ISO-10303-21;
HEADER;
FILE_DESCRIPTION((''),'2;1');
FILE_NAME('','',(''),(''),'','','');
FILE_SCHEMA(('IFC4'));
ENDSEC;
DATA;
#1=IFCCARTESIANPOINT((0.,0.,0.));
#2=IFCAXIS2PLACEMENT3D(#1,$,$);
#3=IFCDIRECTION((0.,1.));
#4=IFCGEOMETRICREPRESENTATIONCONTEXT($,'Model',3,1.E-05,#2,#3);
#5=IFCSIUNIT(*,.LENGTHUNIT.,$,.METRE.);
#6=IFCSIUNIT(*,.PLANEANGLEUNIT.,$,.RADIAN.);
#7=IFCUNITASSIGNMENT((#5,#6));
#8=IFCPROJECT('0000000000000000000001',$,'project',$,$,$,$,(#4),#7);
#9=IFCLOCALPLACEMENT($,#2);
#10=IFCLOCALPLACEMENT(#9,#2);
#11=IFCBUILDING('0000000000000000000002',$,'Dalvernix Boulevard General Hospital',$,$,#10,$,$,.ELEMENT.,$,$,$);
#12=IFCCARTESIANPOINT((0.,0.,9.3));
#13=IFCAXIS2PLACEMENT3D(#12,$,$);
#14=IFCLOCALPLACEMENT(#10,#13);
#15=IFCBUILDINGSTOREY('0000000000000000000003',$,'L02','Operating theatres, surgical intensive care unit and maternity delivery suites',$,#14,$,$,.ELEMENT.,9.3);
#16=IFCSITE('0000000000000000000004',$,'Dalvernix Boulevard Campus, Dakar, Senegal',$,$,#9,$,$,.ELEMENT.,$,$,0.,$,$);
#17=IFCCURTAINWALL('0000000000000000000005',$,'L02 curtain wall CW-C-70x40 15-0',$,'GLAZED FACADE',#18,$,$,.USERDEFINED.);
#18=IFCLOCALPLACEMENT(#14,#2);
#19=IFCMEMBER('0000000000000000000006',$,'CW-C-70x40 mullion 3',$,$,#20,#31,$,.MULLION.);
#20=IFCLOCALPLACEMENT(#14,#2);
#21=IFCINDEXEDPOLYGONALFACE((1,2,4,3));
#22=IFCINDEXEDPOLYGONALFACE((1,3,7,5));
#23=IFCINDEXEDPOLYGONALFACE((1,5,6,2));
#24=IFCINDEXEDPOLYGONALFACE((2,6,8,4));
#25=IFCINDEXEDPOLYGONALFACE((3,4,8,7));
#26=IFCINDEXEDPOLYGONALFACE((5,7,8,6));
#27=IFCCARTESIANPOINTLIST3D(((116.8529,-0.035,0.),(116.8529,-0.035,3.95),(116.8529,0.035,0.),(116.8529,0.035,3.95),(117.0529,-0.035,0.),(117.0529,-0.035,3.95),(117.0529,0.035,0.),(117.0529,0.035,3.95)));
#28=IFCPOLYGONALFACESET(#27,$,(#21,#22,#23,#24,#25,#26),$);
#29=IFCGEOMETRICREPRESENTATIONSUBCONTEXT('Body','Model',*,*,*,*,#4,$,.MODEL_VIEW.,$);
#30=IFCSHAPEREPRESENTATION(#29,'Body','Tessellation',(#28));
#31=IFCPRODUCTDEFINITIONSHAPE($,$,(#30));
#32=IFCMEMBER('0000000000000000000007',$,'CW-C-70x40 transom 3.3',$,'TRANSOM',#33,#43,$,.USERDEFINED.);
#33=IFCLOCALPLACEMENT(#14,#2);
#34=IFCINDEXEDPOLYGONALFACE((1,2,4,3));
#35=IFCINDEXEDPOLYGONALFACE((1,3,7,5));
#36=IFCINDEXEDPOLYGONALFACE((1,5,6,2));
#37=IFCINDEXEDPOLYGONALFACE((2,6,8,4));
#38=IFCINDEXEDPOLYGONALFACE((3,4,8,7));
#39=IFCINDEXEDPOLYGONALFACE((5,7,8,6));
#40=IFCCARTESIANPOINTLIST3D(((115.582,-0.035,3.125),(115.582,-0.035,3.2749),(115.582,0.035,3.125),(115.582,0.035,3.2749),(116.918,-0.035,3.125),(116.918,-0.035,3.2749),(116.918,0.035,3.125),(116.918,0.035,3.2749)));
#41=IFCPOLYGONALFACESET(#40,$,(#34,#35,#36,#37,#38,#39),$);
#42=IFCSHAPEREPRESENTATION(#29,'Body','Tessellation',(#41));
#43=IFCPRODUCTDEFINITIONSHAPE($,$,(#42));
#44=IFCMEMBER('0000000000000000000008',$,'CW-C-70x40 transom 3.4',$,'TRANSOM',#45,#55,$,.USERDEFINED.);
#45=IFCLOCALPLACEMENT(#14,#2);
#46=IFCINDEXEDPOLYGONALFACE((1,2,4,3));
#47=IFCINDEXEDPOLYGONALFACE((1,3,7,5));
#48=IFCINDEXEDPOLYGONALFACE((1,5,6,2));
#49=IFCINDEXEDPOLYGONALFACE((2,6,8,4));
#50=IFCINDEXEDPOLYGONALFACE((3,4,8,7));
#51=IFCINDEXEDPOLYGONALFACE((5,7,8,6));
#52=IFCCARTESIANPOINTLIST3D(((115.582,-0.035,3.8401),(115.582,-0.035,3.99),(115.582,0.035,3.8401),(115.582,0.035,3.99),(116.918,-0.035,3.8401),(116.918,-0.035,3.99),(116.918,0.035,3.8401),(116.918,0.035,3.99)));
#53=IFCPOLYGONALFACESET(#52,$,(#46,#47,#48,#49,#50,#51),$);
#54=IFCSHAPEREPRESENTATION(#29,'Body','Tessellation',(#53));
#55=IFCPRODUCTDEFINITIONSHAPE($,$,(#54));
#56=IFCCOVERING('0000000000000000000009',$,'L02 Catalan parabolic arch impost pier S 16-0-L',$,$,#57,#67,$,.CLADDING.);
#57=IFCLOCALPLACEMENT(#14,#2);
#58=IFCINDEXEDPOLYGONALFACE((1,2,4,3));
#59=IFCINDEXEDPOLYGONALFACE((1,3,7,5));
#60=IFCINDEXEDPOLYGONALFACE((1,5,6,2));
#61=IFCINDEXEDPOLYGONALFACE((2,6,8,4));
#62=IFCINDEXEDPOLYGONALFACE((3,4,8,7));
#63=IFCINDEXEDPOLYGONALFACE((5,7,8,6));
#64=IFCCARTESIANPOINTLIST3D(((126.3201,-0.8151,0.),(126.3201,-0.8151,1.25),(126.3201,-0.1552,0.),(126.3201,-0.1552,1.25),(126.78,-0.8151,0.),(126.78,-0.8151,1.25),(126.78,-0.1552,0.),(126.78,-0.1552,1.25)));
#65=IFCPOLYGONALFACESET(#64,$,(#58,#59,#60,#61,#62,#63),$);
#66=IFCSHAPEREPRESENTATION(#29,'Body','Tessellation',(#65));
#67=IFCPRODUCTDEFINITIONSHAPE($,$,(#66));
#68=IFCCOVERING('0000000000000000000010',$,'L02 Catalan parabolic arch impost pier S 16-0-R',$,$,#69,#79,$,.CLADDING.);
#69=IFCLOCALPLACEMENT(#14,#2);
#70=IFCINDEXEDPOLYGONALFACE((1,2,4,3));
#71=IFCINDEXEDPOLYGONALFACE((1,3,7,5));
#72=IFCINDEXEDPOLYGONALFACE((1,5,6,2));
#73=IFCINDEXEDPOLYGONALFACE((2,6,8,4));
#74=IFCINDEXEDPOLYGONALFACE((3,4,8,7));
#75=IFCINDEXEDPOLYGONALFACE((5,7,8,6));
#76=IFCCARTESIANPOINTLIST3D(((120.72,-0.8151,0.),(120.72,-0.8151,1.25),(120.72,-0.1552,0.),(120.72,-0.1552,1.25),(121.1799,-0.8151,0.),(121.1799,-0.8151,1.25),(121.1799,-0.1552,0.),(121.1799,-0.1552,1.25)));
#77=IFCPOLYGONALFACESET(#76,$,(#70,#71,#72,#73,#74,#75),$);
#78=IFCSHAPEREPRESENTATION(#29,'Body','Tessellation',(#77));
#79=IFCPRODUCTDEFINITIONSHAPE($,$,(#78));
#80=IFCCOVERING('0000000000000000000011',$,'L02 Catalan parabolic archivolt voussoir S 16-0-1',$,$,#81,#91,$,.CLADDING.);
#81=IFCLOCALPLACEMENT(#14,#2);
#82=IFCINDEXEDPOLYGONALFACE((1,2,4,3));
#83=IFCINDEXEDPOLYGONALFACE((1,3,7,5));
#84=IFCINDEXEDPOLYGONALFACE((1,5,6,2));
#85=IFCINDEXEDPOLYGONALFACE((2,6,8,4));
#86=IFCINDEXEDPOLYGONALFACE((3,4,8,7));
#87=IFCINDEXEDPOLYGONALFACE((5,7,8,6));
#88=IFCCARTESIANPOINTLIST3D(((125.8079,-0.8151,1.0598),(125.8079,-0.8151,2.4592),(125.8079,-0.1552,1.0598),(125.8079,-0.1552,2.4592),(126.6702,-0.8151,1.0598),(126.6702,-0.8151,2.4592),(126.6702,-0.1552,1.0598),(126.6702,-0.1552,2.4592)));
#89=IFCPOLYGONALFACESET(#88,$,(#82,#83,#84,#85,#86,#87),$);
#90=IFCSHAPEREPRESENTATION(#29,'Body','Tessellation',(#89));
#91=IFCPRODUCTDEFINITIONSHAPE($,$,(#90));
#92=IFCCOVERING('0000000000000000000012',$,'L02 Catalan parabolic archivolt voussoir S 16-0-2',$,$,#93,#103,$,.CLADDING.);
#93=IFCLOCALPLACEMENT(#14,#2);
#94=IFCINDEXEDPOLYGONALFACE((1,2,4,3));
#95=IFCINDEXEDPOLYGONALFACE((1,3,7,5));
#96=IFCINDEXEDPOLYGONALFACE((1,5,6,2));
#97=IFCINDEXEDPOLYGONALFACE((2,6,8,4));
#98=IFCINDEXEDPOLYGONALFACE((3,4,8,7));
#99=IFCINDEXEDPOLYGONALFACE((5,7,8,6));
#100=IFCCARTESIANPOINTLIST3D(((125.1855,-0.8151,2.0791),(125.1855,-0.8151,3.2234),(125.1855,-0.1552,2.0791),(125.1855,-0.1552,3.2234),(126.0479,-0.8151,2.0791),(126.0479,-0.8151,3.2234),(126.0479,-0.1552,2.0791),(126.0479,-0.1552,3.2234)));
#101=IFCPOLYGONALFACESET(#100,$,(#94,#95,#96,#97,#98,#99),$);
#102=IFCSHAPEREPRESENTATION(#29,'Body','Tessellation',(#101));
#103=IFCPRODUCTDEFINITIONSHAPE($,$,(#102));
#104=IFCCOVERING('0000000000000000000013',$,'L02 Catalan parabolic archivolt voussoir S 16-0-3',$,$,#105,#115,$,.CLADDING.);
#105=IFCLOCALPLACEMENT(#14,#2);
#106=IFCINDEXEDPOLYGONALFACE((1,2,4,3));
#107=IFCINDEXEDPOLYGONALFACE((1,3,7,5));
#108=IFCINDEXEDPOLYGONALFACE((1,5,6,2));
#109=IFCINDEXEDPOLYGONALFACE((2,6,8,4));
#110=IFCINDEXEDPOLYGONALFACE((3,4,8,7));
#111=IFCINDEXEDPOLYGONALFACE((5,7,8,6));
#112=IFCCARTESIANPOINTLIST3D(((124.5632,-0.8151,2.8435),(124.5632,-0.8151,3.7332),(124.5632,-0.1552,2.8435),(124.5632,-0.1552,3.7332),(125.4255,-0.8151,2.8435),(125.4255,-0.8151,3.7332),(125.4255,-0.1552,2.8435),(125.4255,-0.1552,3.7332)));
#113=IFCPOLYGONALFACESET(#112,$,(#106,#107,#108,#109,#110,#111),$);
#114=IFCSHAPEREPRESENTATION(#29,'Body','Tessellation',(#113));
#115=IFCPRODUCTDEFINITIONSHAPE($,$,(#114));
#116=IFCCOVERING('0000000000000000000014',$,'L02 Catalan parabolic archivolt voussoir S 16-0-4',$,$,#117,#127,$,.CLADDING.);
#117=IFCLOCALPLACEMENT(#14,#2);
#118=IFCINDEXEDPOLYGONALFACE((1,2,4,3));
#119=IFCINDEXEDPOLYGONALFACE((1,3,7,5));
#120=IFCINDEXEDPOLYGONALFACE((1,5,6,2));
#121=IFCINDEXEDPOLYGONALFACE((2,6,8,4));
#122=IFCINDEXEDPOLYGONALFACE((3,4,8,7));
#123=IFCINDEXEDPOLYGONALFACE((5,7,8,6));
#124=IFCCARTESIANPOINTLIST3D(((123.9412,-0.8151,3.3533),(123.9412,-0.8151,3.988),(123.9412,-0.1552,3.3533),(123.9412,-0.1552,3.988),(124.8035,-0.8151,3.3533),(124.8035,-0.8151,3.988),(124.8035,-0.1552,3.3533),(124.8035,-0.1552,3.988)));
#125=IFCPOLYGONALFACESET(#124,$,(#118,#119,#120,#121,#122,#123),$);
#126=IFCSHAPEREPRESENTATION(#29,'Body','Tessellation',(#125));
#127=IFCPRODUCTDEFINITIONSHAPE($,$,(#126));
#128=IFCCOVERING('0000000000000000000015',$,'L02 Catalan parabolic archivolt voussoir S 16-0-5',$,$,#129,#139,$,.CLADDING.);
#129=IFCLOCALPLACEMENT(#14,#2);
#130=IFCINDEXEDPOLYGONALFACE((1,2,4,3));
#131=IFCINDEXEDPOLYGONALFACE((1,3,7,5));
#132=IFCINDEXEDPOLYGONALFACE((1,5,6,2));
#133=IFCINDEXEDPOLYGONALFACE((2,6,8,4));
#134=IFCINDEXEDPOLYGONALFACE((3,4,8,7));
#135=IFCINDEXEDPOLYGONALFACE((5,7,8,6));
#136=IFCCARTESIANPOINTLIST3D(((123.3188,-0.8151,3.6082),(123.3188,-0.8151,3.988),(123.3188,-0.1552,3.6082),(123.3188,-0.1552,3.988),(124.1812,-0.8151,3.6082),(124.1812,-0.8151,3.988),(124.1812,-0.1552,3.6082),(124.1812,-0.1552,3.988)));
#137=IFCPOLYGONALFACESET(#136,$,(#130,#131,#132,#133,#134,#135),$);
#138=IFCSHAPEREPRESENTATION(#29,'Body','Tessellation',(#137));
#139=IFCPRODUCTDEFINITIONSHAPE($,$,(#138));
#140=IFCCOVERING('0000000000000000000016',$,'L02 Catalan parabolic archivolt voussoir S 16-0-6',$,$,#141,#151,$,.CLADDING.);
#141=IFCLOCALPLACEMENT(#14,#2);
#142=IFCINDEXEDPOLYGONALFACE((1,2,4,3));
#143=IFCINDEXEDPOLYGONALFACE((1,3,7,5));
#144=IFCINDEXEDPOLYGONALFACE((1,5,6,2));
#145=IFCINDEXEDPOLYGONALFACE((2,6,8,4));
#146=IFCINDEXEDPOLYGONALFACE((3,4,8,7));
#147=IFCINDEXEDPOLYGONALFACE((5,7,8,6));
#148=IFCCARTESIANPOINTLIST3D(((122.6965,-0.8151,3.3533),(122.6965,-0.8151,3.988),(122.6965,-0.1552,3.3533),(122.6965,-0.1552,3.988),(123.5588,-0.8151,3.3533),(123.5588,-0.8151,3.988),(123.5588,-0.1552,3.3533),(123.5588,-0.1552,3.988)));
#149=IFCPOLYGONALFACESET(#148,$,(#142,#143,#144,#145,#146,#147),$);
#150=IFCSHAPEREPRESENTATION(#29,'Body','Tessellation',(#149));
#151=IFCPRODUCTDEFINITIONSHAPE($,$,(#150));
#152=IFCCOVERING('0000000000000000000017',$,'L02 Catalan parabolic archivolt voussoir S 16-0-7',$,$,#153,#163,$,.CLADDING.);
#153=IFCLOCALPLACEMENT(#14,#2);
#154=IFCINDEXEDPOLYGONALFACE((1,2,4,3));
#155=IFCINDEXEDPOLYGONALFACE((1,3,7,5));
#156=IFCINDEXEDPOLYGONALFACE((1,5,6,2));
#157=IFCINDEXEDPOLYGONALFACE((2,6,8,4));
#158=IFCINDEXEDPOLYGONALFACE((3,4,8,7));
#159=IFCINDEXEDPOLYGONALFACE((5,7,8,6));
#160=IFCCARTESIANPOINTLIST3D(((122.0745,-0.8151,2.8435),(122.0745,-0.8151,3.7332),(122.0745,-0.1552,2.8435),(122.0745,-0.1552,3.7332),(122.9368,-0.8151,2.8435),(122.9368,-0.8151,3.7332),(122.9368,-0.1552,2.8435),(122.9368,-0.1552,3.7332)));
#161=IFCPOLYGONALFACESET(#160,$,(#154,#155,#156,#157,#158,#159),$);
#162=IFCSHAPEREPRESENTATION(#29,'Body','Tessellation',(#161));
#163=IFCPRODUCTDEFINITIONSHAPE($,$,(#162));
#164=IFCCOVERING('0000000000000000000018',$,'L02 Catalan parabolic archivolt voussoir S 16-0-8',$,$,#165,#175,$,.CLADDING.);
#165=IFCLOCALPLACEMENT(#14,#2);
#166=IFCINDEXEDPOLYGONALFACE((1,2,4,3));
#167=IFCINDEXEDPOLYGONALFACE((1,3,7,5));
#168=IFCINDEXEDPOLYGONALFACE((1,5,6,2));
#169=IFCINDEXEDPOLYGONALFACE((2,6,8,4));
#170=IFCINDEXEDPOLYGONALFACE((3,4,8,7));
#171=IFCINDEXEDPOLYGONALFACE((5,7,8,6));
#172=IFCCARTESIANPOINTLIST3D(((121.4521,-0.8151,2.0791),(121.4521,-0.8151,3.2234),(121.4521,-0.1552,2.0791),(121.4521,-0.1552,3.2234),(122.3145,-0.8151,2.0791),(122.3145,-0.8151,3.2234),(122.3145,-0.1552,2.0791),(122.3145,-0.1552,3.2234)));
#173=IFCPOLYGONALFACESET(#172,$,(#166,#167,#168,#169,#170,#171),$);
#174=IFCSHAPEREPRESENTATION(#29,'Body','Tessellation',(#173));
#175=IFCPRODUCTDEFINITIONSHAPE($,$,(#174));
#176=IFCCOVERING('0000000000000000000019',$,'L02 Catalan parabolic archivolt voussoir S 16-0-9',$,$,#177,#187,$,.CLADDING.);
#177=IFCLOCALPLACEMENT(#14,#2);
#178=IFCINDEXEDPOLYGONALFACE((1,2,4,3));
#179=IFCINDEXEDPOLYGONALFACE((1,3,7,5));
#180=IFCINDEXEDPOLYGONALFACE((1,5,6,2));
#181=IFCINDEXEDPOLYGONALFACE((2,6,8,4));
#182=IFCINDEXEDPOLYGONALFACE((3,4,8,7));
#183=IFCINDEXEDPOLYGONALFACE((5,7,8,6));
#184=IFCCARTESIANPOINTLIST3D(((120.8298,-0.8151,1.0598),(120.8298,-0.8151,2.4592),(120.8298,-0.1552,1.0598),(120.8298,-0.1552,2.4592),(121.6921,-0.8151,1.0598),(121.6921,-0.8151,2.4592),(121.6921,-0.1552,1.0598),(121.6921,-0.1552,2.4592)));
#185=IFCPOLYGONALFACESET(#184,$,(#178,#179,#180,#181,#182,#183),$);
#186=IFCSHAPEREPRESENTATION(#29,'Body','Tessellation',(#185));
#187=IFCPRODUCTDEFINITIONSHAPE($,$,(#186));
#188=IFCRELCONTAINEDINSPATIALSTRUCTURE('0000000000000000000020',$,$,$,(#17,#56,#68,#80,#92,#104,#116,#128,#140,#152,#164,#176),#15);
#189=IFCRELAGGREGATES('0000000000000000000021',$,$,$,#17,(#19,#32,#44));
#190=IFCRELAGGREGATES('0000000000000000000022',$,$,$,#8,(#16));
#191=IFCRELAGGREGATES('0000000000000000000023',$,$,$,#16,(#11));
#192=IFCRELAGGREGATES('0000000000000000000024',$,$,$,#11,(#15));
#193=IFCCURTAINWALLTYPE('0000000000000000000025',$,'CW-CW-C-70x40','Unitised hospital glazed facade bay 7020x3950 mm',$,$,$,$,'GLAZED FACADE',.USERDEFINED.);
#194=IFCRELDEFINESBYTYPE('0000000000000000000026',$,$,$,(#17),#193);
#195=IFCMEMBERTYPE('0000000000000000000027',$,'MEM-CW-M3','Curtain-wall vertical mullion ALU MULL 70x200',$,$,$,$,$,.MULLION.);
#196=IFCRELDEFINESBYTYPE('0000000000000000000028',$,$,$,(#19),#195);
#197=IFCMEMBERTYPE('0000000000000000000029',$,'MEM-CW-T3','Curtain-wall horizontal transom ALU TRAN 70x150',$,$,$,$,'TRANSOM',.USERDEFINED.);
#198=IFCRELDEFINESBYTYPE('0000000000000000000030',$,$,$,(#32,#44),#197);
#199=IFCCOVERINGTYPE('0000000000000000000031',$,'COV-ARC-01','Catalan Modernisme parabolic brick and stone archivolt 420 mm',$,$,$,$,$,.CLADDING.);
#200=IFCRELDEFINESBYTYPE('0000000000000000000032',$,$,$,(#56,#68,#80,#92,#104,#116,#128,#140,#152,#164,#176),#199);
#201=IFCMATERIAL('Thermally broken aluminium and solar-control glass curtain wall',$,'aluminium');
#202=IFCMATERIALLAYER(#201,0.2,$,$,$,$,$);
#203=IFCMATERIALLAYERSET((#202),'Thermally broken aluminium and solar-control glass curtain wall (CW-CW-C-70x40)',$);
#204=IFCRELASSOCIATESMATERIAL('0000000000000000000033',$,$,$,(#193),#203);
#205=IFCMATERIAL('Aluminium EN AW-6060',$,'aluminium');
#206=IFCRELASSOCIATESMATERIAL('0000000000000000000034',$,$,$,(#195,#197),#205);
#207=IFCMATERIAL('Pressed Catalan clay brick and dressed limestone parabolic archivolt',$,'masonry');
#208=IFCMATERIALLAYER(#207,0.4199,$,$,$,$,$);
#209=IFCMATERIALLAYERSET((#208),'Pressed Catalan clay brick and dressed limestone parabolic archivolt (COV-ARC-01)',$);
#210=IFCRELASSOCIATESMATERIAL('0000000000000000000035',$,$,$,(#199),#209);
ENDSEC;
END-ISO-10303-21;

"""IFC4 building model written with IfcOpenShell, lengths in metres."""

from ifc_helpers import new_model, si_unit, direction, frame, origin, origin_2d, place, context, subcontext, project, spatial, rectangle, extrude, material, layer, layer_set, material_profile, profile_set, type_object, element, aggregate, save


model = new_model("IFC4")

# Units and contexts
model_context = context("Model", 3, precision=1e-05, world=origin(), true_north=direction((0.0, 1.0)))
body_context = subcontext(model_context, "Body", "Model", "MODEL_VIEW")
ifc_project = project(units=[si_unit("LENGTHUNIT", "METRE"), si_unit("PLANEANGLEUNIT", "RADIAN")], contexts=[model_context])

# Site, building, storey
site_placement = place(None, origin())
site = spatial("IfcSite", under=ifc_project, at=site_placement, Name="Dalvernix Boulevard Campus, Dakar, Senegal", CompositionType="ELEMENT", RefElevation=0.0)
building_placement = place(site_placement, origin())
building = spatial("IfcBuilding", under=site, at=building_placement, Name="Dalvernix Boulevard General Hospital", CompositionType="ELEMENT")
storey_placement = place(building_placement, frame((0.0, 0.0, 9.3)))
storey = spatial("IfcBuildingStorey", under=building, at=storey_placement, Name="L02", Description="Operating theatres, surgical intensive care unit and maternity delivery suites", CompositionType="ELEMENT", Elevation=9.3)

# Curtain wall, members
ifc_material_1 = material(Name="Thermally broken aluminium and solar-control glass curtain wall", Category="aluminium")
ifc_layer_1 = layer(ifc_material_1, 0.2)
ifc_layer_set_1 = layer_set([ifc_layer_1], Name="Thermally broken aluminium and solar-control glass curtain wall (CW-CW-C-70x40)")
curtain_wall_type = type_object("IfcCurtainWallType", Name="CW-CW-C-70x40", Description="Unitised hospital glazed facade bay 7020x3950 mm", ElementType="GLAZED FACADE", PredefinedType="USERDEFINED", material=ifc_layer_set_1)
curtain_wall_placement = place(storey_placement, origin())
curtain_wall = element("IfcCurtainWall", 1, at=curtain_wall_placement, inside=storey, type_object=curtain_wall_type, Name="L02 curtain wall CW-C-70x40 15-0", ObjectType="GLAZED FACADE", PredefinedType="USERDEFINED")
ifc_material_2 = material(Name="Aluminium EN AW-6060", Category="aluminium")
ifc_material_profile_1 = material_profile(ifc_material_2, rectangle(XDim=0.0701, YDim=0.2, at=origin_2d()), Name="ALU MULL 70x200")
ifc_profile_set_1 = profile_set([ifc_material_profile_1], Name="Aluminium EN AW-6060")
member_type_1 = type_object("IfcMemberType", Name="MEM-CW-M3", Description="Curtain-wall vertical mullion ALU MULL 70x200", PredefinedType="MULLION", material=ifc_profile_set_1)
member_1_placement = place(storey_placement, frame((116.9529, 0.0, 0.0), z_axis=(0.0, 0.0, 1.0), x_axis=(0.0, -1.0, 0.0)))
member_1 = element("IfcMember", 2, at=member_1_placement, type_object=member_type_1, Name="CW-C-70x40 mullion 3", PredefinedType="MULLION", context=body_context, shape_type="SweptSolid", body=[
    extrude(rectangle(XDim=0.0701, YDim=0.2, at=origin_2d()), origin(), (0.0, 0.0, 1.0), 3.95),
])
ifc_material_profile_2 = material_profile(ifc_material_2, rectangle(XDim=0.0701, YDim=0.1499, at=origin_2d()), Name="ALU TRAN 70x150")
ifc_profile_set_2 = profile_set([ifc_material_profile_2], Name="Aluminium EN AW-6060")
member_type_2 = type_object("IfcMemberType", Name="MEM-CW-T3", Description="Curtain-wall horizontal transom ALU TRAN 70x150", ElementType="TRANSOM", PredefinedType="USERDEFINED", material=ifc_profile_set_2)
member_2_placement = place(storey_placement, frame((116.918, 0.0, 3.2), z_axis=(-1.0, 0.0, 0.0), x_axis=(0.0, -1.0, 0.0)))
member_2 = element("IfcMember", 3, at=member_2_placement, type_object=member_type_2, Name="CW-C-70x40 transom 3.3", ObjectType="TRANSOM", PredefinedType="USERDEFINED", context=body_context, shape_type="SweptSolid", body=[
    extrude(rectangle(XDim=0.0701, YDim=0.1499, at=origin_2d()), origin(), (0.0, 0.0, 1.0), 1.3359),
])
member_3_placement = place(storey_placement, frame((116.918, 0.0, 3.915), z_axis=(-1.0, 0.0, 0.0), x_axis=(0.0, -1.0, 0.0)))
member_3 = element("IfcMember", 4, at=member_3_placement, type_object=member_type_2, Name="CW-C-70x40 transom 3.4", ObjectType="TRANSOM", PredefinedType="USERDEFINED", context=body_context, shape_type="SweptSolid", body=[
    extrude(rectangle(XDim=0.0701, YDim=0.1499, at=origin_2d()), origin(), (0.0, 0.0, 1.0), 1.3359),
])
aggregate(curtain_wall, [member_1, member_2, member_3])

# Coverings
ifc_material_3 = material(Name="Pressed Catalan clay brick and dressed limestone parabolic archivolt", Category="masonry")
ifc_layer_2 = layer(ifc_material_3, 0.4199)
ifc_layer_set_2 = layer_set([ifc_layer_2], Name="Pressed Catalan clay brick and dressed limestone parabolic archivolt (COV-ARC-01)")
covering_type_1 = type_object("IfcCoveringType", Name="COV-ARC-01", Description="Catalan Modernisme parabolic brick and stone archivolt 420 mm", PredefinedType="CLADDING", material=ifc_layer_set_2)
for number, where, z_axis, x_axis, name in (
    (5, (126.55, -0.4851, 0.0), (0.0, 0.0, 1.0), (-1.0, 0.0, 0.0), "L02 Catalan parabolic arch impost pier S 16-0-L"),
    (6, (120.95, -0.4851, 0.0), (0.0, 0.0, 1.0), (-1.0, 0.0, 0.0), "L02 Catalan parabolic arch impost pier S 16-0-R"),
):
    element("IfcCovering", number, at=place(storey_placement, frame(where, z_axis=z_axis, x_axis=x_axis)), inside=storey, type_object=covering_type_1, Name=name, PredefinedType="CLADDING", context=body_context, shape_type="SweptSolid", body=[
        extrude(rectangle(XDim=0.46, YDim=0.6599, at=origin_2d()), origin(), (0.0, 0.0, 1.0), 1.25),
    ])
covering_1_placement = place(storey_placement, frame((126.239, -0.4851, 1.0598), z_axis=(0.0, 0.0, 1.0), x_axis=(-1.0, 0.0, 0.0)))
element("IfcCovering", 7, at=covering_1_placement, inside=storey, type_object=covering_type_1, Name="L02 Catalan parabolic archivolt voussoir S 16-0-1", PredefinedType="CLADDING", context=body_context, shape_type="SweptSolid", body=[
    extrude(rectangle(XDim=0.8623, YDim=0.6599, at=origin_2d()), origin(), (0.0, 0.0, 1.0), 1.3994),
])
covering_2_placement = place(storey_placement, frame((125.6167, -0.4851, 2.0791), z_axis=(0.0, 0.0, 1.0), x_axis=(-1.0, 0.0, 0.0)))
element("IfcCovering", 8, at=covering_2_placement, inside=storey, type_object=covering_type_1, Name="L02 Catalan parabolic archivolt voussoir S 16-0-2", PredefinedType="CLADDING", context=body_context, shape_type="SweptSolid", body=[
    extrude(rectangle(XDim=0.8623, YDim=0.6599, at=origin_2d()), origin(), (0.0, 0.0, 1.0), 1.1443),
])
covering_3_placement = place(storey_placement, frame((124.9944, -0.4851, 2.8435), z_axis=(0.0, 0.0, 1.0), x_axis=(-1.0, 0.0, 0.0)))
element("IfcCovering", 9, at=covering_3_placement, inside=storey, type_object=covering_type_1, Name="L02 Catalan parabolic archivolt voussoir S 16-0-3", PredefinedType="CLADDING", context=body_context, shape_type="SweptSolid", body=[
    extrude(rectangle(XDim=0.8623, YDim=0.6599, at=origin_2d()), origin(), (0.0, 0.0, 1.0), 0.8896),
])
covering_4_placement = place(storey_placement, frame((124.3723, -0.4851, 3.3533), z_axis=(0.0, 0.0, 1.0), x_axis=(-1.0, 0.0, 0.0)))
element("IfcCovering", 10, at=covering_4_placement, inside=storey, type_object=covering_type_1, Name="L02 Catalan parabolic archivolt voussoir S 16-0-4", PredefinedType="CLADDING", context=body_context, shape_type="SweptSolid", body=[
    extrude(rectangle(XDim=0.8623, YDim=0.6599, at=origin_2d()), origin(), (0.0, 0.0, 1.0), 0.6348),
])
covering_5_placement = place(storey_placement, frame((123.75, -0.4851, 3.6082), z_axis=(0.0, 0.0, 1.0), x_axis=(-1.0, 0.0, 0.0)))
element("IfcCovering", 11, at=covering_5_placement, inside=storey, type_object=covering_type_1, Name="L02 Catalan parabolic archivolt voussoir S 16-0-5", PredefinedType="CLADDING", context=body_context, shape_type="SweptSolid", body=[
    extrude(rectangle(XDim=0.8623, YDim=0.6599, at=origin_2d()), origin(), (0.0, 0.0, 1.0), 0.3799),
])
covering_6_placement = place(storey_placement, frame((123.1277, -0.4851, 3.3533), z_axis=(0.0, 0.0, 1.0), x_axis=(-1.0, 0.0, 0.0)))
element("IfcCovering", 12, at=covering_6_placement, inside=storey, type_object=covering_type_1, Name="L02 Catalan parabolic archivolt voussoir S 16-0-6", PredefinedType="CLADDING", context=body_context, shape_type="SweptSolid", body=[
    extrude(rectangle(XDim=0.8623, YDim=0.6599, at=origin_2d()), origin(), (0.0, 0.0, 1.0), 0.6348),
])
covering_7_placement = place(storey_placement, frame((122.5056, -0.4851, 2.8435), z_axis=(0.0, 0.0, 1.0), x_axis=(-1.0, 0.0, 0.0)))
element("IfcCovering", 13, at=covering_7_placement, inside=storey, type_object=covering_type_1, Name="L02 Catalan parabolic archivolt voussoir S 16-0-7", PredefinedType="CLADDING", context=body_context, shape_type="SweptSolid", body=[
    extrude(rectangle(XDim=0.8623, YDim=0.6599, at=origin_2d()), origin(), (0.0, 0.0, 1.0), 0.8896),
])
covering_8_placement = place(storey_placement, frame((121.8833, -0.4851, 2.0791), z_axis=(0.0, 0.0, 1.0), x_axis=(-1.0, 0.0, 0.0)))
element("IfcCovering", 14, at=covering_8_placement, inside=storey, type_object=covering_type_1, Name="L02 Catalan parabolic archivolt voussoir S 16-0-8", PredefinedType="CLADDING", context=body_context, shape_type="SweptSolid", body=[
    extrude(rectangle(XDim=0.8623, YDim=0.6599, at=origin_2d()), origin(), (0.0, 0.0, 1.0), 1.1443),
])
covering_9_placement = place(storey_placement, frame((121.261, -0.4851, 1.0598), z_axis=(0.0, 0.0, 1.0), x_axis=(-1.0, 0.0, 0.0)))
element("IfcCovering", 15, at=covering_9_placement, inside=storey, type_object=covering_type_1, Name="L02 Catalan parabolic archivolt voussoir S 16-0-9", PredefinedType="CLADDING", context=body_context, shape_type="SweptSolid", body=[
    extrude(rectangle(XDim=0.8623, YDim=0.6599, at=origin_2d()), origin(), (0.0, 0.0, 1.0), 1.3994),
])

save(model, "model.ifc")
